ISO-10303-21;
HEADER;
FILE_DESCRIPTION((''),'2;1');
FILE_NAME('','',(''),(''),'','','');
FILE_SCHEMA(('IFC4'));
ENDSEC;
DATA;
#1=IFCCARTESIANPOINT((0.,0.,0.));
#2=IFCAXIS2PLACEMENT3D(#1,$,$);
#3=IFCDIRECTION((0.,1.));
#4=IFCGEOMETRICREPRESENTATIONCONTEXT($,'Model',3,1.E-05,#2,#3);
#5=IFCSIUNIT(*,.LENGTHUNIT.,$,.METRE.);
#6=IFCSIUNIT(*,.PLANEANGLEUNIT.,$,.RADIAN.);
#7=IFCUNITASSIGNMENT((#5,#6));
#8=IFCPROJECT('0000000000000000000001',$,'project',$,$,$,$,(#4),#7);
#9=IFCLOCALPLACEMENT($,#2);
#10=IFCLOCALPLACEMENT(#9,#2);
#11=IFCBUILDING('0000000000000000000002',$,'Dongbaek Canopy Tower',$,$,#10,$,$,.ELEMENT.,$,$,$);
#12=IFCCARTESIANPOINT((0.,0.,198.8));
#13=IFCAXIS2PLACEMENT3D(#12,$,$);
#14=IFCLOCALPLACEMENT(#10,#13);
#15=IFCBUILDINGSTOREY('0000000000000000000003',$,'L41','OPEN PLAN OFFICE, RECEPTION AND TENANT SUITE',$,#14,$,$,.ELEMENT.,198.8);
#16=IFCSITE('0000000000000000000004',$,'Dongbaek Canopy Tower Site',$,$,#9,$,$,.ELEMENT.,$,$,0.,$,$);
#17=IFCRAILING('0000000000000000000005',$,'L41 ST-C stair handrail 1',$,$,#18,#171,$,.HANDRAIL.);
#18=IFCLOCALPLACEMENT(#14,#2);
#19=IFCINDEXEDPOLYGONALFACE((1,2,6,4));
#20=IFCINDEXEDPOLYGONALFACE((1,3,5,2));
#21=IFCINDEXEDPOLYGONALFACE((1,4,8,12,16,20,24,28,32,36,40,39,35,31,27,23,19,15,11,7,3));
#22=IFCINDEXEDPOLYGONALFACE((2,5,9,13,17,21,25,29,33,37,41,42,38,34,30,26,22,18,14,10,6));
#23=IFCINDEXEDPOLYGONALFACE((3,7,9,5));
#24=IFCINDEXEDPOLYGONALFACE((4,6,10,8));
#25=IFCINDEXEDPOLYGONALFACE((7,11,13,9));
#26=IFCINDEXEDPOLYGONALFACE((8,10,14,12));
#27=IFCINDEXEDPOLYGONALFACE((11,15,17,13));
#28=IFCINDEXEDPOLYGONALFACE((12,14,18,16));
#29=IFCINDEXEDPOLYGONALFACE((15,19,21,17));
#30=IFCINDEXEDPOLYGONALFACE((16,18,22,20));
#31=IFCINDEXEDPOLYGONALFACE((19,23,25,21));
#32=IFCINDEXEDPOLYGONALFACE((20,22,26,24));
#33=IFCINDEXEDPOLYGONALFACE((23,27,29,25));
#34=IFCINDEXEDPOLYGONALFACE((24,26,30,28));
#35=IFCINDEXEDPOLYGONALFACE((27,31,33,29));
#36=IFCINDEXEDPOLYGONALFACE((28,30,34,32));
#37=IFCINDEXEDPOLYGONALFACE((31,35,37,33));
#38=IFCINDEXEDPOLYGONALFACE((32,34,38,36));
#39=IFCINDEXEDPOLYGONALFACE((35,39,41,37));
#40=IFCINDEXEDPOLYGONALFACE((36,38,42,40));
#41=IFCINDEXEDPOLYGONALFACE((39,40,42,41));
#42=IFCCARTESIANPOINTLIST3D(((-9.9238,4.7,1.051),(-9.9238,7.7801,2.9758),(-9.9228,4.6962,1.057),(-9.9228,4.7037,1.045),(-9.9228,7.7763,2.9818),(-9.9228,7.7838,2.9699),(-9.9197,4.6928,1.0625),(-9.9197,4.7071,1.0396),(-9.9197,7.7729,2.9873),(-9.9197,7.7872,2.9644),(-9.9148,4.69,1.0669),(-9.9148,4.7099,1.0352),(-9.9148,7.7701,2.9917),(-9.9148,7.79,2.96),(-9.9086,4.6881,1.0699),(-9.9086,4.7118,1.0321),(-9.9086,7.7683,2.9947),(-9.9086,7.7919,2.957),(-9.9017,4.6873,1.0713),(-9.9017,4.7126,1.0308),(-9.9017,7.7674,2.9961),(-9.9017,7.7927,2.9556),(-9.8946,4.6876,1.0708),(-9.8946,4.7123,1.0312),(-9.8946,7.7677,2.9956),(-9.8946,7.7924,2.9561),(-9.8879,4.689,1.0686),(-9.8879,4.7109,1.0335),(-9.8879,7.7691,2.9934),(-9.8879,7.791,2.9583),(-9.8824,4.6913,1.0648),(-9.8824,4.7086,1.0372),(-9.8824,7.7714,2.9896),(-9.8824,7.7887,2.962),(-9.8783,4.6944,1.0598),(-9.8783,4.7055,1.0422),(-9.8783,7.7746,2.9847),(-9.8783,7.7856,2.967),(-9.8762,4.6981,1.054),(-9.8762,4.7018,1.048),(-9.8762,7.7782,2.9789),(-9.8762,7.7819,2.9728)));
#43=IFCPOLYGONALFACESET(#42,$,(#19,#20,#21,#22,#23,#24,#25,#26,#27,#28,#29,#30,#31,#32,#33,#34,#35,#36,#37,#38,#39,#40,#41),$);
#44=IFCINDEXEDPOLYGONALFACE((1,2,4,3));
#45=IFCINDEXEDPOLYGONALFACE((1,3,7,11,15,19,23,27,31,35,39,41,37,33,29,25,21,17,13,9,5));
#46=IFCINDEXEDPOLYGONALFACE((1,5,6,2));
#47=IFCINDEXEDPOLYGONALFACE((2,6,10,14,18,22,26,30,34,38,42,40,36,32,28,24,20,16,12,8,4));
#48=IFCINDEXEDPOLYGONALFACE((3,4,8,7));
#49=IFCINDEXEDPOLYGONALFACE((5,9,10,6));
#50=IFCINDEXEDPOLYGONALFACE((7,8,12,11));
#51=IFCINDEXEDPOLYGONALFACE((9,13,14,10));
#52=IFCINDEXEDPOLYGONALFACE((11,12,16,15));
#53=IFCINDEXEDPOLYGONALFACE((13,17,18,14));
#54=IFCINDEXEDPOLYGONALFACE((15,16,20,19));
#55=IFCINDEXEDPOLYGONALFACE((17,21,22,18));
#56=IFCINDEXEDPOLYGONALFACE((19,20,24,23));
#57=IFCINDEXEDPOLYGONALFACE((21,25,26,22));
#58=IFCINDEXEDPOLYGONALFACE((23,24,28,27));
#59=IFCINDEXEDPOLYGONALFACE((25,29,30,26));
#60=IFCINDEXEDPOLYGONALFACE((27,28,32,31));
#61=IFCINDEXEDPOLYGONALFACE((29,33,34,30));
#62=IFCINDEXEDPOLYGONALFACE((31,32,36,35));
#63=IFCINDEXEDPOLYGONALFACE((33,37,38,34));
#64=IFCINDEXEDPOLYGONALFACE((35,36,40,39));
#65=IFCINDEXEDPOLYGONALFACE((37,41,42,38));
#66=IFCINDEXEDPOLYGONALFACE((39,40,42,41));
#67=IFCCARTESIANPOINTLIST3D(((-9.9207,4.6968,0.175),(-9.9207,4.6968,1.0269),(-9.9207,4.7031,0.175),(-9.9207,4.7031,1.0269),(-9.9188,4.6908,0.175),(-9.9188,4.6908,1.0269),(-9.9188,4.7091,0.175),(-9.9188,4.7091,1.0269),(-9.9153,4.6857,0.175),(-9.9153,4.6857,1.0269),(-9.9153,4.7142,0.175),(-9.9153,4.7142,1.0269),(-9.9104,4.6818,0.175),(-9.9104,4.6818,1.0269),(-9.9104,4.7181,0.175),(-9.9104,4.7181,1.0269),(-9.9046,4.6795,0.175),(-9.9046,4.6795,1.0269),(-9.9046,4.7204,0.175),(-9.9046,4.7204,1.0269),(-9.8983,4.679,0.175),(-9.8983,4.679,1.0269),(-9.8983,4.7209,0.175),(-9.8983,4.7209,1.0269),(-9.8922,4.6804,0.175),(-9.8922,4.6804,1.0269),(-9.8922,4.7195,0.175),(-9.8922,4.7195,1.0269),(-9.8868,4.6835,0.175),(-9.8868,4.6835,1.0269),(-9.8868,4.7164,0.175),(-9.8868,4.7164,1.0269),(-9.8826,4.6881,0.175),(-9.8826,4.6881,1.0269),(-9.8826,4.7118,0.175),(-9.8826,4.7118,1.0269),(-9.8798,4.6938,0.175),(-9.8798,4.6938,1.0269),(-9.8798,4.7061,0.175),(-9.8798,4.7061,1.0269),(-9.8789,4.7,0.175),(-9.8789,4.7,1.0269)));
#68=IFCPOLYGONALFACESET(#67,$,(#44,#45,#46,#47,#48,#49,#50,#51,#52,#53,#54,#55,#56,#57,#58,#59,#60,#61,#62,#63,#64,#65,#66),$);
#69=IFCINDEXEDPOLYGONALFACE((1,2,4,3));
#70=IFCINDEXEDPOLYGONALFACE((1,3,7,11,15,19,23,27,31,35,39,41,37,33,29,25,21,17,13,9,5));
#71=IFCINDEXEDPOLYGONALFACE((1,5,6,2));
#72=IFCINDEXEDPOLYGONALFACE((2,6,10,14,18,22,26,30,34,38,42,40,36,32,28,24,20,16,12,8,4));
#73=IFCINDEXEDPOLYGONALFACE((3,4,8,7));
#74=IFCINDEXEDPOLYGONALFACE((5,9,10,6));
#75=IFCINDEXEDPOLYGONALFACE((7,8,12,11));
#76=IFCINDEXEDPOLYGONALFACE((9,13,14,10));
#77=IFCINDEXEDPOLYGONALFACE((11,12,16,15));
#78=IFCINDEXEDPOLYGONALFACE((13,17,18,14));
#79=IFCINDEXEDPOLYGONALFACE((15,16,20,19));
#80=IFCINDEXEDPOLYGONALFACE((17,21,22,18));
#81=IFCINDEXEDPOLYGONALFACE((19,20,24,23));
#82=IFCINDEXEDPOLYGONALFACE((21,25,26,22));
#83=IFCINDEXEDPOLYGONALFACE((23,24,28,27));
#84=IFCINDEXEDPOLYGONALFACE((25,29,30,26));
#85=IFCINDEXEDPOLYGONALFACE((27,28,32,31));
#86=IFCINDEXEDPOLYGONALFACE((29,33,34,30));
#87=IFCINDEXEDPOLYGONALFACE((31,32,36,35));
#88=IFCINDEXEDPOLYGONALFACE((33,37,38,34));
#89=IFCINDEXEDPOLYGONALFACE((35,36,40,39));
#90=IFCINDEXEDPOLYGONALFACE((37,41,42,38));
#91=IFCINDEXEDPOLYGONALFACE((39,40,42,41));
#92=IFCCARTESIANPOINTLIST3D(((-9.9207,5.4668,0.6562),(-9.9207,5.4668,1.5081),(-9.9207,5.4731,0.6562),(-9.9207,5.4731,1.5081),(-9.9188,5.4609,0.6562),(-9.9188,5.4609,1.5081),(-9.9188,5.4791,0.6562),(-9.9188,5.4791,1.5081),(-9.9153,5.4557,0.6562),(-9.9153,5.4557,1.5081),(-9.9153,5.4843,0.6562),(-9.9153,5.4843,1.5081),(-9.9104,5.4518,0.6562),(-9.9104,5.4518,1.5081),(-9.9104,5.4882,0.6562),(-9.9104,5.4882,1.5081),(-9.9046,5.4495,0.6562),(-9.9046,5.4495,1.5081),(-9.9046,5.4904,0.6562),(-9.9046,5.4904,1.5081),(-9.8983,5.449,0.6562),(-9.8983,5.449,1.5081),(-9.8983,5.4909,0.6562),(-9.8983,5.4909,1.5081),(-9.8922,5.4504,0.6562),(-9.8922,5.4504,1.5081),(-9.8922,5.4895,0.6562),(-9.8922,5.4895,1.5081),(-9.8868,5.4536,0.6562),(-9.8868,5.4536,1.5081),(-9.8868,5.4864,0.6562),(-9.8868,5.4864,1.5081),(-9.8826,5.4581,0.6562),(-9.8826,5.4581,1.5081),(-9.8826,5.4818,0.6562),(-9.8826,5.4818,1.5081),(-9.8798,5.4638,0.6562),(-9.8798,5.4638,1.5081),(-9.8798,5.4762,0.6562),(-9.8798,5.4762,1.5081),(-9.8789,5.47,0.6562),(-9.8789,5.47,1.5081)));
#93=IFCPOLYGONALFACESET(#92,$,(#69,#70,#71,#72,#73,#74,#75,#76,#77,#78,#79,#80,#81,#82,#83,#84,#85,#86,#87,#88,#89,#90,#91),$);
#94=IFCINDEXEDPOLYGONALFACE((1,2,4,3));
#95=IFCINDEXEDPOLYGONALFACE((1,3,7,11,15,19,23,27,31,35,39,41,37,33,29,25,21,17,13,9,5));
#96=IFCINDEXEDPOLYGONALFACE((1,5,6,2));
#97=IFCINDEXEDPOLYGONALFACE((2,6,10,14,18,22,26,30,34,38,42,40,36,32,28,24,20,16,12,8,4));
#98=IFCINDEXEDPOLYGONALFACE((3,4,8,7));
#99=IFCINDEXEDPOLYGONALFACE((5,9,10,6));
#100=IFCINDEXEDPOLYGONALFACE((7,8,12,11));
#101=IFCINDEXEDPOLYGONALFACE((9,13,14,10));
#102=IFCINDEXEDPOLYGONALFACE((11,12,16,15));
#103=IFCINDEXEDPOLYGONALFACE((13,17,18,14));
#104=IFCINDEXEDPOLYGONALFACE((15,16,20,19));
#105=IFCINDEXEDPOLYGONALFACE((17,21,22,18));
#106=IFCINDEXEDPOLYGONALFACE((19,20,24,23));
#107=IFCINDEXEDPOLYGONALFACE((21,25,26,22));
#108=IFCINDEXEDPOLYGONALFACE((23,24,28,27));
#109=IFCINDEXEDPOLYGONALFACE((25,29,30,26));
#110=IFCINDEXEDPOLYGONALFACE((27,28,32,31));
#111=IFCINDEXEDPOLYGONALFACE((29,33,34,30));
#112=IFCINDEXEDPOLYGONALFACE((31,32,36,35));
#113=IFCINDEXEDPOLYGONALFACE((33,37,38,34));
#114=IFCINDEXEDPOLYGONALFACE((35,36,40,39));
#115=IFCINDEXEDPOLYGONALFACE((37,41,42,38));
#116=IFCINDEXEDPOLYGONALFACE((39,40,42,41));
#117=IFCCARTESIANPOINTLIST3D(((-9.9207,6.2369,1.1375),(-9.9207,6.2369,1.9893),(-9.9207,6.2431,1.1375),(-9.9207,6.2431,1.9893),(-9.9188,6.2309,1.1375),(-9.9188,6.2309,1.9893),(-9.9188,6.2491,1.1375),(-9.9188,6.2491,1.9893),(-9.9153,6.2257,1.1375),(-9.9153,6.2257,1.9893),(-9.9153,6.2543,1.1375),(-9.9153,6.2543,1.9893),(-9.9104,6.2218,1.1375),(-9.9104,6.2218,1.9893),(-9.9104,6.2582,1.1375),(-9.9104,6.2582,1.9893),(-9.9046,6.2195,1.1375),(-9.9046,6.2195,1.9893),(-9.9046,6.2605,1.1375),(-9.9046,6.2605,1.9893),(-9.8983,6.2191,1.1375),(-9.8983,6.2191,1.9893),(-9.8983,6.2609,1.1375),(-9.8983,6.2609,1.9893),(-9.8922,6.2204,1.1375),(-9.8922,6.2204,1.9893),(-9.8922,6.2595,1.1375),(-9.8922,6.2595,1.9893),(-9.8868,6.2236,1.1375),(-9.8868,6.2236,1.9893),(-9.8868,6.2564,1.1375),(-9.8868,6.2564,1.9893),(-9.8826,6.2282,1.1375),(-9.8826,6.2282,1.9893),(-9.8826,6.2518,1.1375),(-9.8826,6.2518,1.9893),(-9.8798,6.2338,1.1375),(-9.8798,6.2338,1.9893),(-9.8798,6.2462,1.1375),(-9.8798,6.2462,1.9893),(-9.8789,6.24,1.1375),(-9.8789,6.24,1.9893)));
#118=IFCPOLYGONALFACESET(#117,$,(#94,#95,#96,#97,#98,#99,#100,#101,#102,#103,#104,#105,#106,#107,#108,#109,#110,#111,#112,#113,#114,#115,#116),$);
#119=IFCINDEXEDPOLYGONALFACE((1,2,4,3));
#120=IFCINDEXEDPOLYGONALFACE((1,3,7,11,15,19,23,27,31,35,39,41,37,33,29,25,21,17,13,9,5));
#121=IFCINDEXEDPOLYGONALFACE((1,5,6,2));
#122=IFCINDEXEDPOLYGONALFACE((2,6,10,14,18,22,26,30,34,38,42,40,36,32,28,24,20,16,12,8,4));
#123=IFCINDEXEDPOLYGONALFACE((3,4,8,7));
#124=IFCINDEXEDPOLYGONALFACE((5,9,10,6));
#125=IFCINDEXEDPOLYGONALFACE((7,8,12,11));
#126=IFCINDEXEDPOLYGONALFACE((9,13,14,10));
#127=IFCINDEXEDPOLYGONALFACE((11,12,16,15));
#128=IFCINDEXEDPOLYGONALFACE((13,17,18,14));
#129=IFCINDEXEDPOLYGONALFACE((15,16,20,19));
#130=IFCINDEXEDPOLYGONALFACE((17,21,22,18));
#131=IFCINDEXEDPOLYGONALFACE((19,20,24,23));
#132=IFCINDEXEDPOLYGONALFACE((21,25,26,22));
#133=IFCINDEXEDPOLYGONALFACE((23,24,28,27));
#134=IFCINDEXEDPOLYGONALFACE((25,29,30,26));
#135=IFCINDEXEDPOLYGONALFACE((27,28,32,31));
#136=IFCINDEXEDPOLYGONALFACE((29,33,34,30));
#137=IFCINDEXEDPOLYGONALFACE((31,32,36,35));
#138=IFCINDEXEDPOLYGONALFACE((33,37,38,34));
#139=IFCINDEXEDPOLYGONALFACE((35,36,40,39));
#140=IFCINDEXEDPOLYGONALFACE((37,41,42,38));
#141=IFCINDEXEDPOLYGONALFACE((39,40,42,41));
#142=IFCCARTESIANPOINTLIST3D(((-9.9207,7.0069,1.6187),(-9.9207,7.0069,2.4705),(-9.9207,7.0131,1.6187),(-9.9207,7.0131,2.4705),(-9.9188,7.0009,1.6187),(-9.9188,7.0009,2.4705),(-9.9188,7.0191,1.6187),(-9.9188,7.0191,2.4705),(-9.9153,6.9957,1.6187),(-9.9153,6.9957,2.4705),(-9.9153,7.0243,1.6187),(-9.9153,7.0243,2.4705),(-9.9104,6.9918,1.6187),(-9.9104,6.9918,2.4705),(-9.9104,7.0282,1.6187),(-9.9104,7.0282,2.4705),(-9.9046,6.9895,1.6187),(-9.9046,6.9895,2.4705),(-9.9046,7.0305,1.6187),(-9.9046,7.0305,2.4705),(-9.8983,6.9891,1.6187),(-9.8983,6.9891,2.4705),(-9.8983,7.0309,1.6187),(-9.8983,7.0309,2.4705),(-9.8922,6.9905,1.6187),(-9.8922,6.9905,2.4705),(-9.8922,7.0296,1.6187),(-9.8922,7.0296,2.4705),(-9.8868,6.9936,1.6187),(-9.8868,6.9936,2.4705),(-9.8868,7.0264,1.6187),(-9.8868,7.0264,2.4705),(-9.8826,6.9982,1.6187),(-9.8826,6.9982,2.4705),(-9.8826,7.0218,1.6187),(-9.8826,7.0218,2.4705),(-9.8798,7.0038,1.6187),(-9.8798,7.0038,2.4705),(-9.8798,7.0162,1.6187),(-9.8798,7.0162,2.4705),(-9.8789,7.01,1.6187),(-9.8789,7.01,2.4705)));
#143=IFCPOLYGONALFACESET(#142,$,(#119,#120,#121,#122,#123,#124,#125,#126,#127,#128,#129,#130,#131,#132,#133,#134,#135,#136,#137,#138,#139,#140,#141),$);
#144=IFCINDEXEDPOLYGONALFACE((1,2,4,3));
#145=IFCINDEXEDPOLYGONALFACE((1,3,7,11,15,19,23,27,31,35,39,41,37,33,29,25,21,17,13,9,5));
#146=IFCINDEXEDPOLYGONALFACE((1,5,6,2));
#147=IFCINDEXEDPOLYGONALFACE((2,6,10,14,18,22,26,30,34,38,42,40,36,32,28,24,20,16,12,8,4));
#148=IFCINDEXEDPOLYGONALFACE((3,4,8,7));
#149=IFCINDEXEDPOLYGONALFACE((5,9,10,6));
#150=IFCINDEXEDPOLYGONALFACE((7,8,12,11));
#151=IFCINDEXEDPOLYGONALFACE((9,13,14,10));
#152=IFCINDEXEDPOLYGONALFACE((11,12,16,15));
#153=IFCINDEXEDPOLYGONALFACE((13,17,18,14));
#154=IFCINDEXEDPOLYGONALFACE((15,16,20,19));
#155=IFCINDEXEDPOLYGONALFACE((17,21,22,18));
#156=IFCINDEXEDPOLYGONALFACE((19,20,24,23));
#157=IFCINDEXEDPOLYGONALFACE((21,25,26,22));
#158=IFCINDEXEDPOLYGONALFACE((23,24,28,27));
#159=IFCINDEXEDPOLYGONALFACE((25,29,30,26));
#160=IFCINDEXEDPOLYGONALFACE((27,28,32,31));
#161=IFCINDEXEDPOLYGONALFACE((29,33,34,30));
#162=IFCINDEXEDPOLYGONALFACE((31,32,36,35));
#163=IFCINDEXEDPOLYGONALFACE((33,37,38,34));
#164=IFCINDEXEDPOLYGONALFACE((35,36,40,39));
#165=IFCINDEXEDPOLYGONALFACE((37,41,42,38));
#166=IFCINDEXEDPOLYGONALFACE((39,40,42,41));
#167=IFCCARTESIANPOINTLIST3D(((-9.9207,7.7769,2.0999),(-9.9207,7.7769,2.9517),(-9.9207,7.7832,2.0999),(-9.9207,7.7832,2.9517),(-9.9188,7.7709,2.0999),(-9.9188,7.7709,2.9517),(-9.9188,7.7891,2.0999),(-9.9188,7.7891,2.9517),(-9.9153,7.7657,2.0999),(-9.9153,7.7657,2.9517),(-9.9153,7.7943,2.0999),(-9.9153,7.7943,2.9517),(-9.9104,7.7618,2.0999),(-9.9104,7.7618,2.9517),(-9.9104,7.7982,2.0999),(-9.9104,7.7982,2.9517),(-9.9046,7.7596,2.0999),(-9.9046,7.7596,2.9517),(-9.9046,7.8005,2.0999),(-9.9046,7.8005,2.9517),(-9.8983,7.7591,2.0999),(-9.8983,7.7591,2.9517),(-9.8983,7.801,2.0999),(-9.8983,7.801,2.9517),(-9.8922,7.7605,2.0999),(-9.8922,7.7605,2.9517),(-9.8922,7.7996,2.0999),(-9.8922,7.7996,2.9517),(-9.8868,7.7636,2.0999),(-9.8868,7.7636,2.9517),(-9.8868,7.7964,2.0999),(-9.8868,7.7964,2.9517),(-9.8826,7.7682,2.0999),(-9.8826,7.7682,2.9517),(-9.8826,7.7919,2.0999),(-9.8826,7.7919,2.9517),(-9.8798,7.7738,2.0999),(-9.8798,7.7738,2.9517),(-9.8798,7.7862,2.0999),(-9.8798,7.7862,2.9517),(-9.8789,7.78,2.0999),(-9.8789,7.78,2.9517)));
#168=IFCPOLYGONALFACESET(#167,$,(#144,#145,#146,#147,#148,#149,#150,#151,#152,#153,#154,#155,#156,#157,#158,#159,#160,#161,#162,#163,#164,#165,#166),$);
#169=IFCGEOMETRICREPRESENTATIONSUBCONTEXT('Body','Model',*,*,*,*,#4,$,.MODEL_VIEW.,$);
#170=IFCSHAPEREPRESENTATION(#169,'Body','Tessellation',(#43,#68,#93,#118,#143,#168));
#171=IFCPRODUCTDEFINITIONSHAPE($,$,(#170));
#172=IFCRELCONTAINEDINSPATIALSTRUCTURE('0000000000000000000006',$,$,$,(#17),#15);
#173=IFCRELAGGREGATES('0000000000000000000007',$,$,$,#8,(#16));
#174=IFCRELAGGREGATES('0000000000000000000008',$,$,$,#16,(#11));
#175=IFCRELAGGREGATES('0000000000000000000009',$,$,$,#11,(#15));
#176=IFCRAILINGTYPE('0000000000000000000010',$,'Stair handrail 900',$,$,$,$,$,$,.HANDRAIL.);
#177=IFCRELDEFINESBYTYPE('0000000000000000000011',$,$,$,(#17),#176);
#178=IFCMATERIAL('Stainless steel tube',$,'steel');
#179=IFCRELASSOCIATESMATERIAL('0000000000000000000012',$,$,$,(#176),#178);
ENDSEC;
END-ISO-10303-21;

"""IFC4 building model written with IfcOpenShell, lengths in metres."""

from ifc_helpers import new_model, si_unit, direction, frame, origin, origin_2d, place, context, subcontext, project, spatial, circle, extrude, material, type_object, element, save


model = new_model("IFC4")

# Units and contexts
model_context = context("Model", 3, precision=1e-05, world=origin(), true_north=direction((0.0, 1.0)))
body_context = subcontext(model_context, "Body", "Model", "MODEL_VIEW")
ifc_project = project(units=[si_unit("LENGTHUNIT", "METRE"), si_unit("PLANEANGLEUNIT", "RADIAN")], contexts=[model_context])

# Site, building, storey
site_placement = place(None, origin())
site = spatial("IfcSite", under=ifc_project, at=site_placement, Name="Dongbaek Canopy Tower Site", CompositionType="ELEMENT", RefElevation=0.0)
building_placement = place(site_placement, origin())
building = spatial("IfcBuilding", under=site, at=building_placement, Name="Dongbaek Canopy Tower", CompositionType="ELEMENT")
storey_placement = place(building_placement, frame((0.0, 0.0, 198.8)))
storey = spatial("IfcBuildingStorey", under=building, at=storey_placement, Name="L41", Description="OPEN PLAN OFFICE, RECEPTION AND TENANT SUITE", CompositionType="ELEMENT", Elevation=198.8)

# Railing
ifc_material_1 = material(Name="Stainless steel tube", Category="steel")
railing_type_1 = type_object("IfcRailingType", Name="Stair handrail 900", PredefinedType="HANDRAIL", material=ifc_material_1)
railing_1_placement = place(storey_placement, frame((-9.8999, 4.7, 0.175)))
element("IfcRailing", 1, at=railing_1_placement, inside=storey, type_object=railing_type_1, Name="L41 ST-C stair handrail 1", PredefinedType="HANDRAIL", context=body_context, shape_type="SweptSolid", body=[
    extrude(circle(Radius=0.0239, at=origin_2d()), frame((0.0, 0.0, 0.876), z_axis=(0.0, 0.848029, 0.529951), x_axis=(-1.0, 0.0, 0.0)), (0.0, 0.0, 1.0), 3.6321),
    extrude(circle(Radius=0.021, at=origin_2d()), origin(), (0.0, 0.0, 1.0), 0.8518),
    extrude(circle(Radius=0.021, at=origin_2d()), frame((0.0, 0.77, 0.4812)), (0.0, 0.0, 1.0), 0.8518),
    extrude(circle(Radius=0.021, at=origin_2d()), frame((0.0, 1.54, 0.9624)), (0.0, 0.0, 1.0), 0.8518),
    extrude(circle(Radius=0.021, at=origin_2d()), frame((0.0, 2.3101, 1.4436)), (0.0, 0.0, 1.0), 0.8518),
    extrude(circle(Radius=0.021, at=origin_2d()), frame((0.0, 3.0801, 1.9248)), (0.0, 0.0, 1.0), 0.8518),
])

save(model, "model.ifc")
